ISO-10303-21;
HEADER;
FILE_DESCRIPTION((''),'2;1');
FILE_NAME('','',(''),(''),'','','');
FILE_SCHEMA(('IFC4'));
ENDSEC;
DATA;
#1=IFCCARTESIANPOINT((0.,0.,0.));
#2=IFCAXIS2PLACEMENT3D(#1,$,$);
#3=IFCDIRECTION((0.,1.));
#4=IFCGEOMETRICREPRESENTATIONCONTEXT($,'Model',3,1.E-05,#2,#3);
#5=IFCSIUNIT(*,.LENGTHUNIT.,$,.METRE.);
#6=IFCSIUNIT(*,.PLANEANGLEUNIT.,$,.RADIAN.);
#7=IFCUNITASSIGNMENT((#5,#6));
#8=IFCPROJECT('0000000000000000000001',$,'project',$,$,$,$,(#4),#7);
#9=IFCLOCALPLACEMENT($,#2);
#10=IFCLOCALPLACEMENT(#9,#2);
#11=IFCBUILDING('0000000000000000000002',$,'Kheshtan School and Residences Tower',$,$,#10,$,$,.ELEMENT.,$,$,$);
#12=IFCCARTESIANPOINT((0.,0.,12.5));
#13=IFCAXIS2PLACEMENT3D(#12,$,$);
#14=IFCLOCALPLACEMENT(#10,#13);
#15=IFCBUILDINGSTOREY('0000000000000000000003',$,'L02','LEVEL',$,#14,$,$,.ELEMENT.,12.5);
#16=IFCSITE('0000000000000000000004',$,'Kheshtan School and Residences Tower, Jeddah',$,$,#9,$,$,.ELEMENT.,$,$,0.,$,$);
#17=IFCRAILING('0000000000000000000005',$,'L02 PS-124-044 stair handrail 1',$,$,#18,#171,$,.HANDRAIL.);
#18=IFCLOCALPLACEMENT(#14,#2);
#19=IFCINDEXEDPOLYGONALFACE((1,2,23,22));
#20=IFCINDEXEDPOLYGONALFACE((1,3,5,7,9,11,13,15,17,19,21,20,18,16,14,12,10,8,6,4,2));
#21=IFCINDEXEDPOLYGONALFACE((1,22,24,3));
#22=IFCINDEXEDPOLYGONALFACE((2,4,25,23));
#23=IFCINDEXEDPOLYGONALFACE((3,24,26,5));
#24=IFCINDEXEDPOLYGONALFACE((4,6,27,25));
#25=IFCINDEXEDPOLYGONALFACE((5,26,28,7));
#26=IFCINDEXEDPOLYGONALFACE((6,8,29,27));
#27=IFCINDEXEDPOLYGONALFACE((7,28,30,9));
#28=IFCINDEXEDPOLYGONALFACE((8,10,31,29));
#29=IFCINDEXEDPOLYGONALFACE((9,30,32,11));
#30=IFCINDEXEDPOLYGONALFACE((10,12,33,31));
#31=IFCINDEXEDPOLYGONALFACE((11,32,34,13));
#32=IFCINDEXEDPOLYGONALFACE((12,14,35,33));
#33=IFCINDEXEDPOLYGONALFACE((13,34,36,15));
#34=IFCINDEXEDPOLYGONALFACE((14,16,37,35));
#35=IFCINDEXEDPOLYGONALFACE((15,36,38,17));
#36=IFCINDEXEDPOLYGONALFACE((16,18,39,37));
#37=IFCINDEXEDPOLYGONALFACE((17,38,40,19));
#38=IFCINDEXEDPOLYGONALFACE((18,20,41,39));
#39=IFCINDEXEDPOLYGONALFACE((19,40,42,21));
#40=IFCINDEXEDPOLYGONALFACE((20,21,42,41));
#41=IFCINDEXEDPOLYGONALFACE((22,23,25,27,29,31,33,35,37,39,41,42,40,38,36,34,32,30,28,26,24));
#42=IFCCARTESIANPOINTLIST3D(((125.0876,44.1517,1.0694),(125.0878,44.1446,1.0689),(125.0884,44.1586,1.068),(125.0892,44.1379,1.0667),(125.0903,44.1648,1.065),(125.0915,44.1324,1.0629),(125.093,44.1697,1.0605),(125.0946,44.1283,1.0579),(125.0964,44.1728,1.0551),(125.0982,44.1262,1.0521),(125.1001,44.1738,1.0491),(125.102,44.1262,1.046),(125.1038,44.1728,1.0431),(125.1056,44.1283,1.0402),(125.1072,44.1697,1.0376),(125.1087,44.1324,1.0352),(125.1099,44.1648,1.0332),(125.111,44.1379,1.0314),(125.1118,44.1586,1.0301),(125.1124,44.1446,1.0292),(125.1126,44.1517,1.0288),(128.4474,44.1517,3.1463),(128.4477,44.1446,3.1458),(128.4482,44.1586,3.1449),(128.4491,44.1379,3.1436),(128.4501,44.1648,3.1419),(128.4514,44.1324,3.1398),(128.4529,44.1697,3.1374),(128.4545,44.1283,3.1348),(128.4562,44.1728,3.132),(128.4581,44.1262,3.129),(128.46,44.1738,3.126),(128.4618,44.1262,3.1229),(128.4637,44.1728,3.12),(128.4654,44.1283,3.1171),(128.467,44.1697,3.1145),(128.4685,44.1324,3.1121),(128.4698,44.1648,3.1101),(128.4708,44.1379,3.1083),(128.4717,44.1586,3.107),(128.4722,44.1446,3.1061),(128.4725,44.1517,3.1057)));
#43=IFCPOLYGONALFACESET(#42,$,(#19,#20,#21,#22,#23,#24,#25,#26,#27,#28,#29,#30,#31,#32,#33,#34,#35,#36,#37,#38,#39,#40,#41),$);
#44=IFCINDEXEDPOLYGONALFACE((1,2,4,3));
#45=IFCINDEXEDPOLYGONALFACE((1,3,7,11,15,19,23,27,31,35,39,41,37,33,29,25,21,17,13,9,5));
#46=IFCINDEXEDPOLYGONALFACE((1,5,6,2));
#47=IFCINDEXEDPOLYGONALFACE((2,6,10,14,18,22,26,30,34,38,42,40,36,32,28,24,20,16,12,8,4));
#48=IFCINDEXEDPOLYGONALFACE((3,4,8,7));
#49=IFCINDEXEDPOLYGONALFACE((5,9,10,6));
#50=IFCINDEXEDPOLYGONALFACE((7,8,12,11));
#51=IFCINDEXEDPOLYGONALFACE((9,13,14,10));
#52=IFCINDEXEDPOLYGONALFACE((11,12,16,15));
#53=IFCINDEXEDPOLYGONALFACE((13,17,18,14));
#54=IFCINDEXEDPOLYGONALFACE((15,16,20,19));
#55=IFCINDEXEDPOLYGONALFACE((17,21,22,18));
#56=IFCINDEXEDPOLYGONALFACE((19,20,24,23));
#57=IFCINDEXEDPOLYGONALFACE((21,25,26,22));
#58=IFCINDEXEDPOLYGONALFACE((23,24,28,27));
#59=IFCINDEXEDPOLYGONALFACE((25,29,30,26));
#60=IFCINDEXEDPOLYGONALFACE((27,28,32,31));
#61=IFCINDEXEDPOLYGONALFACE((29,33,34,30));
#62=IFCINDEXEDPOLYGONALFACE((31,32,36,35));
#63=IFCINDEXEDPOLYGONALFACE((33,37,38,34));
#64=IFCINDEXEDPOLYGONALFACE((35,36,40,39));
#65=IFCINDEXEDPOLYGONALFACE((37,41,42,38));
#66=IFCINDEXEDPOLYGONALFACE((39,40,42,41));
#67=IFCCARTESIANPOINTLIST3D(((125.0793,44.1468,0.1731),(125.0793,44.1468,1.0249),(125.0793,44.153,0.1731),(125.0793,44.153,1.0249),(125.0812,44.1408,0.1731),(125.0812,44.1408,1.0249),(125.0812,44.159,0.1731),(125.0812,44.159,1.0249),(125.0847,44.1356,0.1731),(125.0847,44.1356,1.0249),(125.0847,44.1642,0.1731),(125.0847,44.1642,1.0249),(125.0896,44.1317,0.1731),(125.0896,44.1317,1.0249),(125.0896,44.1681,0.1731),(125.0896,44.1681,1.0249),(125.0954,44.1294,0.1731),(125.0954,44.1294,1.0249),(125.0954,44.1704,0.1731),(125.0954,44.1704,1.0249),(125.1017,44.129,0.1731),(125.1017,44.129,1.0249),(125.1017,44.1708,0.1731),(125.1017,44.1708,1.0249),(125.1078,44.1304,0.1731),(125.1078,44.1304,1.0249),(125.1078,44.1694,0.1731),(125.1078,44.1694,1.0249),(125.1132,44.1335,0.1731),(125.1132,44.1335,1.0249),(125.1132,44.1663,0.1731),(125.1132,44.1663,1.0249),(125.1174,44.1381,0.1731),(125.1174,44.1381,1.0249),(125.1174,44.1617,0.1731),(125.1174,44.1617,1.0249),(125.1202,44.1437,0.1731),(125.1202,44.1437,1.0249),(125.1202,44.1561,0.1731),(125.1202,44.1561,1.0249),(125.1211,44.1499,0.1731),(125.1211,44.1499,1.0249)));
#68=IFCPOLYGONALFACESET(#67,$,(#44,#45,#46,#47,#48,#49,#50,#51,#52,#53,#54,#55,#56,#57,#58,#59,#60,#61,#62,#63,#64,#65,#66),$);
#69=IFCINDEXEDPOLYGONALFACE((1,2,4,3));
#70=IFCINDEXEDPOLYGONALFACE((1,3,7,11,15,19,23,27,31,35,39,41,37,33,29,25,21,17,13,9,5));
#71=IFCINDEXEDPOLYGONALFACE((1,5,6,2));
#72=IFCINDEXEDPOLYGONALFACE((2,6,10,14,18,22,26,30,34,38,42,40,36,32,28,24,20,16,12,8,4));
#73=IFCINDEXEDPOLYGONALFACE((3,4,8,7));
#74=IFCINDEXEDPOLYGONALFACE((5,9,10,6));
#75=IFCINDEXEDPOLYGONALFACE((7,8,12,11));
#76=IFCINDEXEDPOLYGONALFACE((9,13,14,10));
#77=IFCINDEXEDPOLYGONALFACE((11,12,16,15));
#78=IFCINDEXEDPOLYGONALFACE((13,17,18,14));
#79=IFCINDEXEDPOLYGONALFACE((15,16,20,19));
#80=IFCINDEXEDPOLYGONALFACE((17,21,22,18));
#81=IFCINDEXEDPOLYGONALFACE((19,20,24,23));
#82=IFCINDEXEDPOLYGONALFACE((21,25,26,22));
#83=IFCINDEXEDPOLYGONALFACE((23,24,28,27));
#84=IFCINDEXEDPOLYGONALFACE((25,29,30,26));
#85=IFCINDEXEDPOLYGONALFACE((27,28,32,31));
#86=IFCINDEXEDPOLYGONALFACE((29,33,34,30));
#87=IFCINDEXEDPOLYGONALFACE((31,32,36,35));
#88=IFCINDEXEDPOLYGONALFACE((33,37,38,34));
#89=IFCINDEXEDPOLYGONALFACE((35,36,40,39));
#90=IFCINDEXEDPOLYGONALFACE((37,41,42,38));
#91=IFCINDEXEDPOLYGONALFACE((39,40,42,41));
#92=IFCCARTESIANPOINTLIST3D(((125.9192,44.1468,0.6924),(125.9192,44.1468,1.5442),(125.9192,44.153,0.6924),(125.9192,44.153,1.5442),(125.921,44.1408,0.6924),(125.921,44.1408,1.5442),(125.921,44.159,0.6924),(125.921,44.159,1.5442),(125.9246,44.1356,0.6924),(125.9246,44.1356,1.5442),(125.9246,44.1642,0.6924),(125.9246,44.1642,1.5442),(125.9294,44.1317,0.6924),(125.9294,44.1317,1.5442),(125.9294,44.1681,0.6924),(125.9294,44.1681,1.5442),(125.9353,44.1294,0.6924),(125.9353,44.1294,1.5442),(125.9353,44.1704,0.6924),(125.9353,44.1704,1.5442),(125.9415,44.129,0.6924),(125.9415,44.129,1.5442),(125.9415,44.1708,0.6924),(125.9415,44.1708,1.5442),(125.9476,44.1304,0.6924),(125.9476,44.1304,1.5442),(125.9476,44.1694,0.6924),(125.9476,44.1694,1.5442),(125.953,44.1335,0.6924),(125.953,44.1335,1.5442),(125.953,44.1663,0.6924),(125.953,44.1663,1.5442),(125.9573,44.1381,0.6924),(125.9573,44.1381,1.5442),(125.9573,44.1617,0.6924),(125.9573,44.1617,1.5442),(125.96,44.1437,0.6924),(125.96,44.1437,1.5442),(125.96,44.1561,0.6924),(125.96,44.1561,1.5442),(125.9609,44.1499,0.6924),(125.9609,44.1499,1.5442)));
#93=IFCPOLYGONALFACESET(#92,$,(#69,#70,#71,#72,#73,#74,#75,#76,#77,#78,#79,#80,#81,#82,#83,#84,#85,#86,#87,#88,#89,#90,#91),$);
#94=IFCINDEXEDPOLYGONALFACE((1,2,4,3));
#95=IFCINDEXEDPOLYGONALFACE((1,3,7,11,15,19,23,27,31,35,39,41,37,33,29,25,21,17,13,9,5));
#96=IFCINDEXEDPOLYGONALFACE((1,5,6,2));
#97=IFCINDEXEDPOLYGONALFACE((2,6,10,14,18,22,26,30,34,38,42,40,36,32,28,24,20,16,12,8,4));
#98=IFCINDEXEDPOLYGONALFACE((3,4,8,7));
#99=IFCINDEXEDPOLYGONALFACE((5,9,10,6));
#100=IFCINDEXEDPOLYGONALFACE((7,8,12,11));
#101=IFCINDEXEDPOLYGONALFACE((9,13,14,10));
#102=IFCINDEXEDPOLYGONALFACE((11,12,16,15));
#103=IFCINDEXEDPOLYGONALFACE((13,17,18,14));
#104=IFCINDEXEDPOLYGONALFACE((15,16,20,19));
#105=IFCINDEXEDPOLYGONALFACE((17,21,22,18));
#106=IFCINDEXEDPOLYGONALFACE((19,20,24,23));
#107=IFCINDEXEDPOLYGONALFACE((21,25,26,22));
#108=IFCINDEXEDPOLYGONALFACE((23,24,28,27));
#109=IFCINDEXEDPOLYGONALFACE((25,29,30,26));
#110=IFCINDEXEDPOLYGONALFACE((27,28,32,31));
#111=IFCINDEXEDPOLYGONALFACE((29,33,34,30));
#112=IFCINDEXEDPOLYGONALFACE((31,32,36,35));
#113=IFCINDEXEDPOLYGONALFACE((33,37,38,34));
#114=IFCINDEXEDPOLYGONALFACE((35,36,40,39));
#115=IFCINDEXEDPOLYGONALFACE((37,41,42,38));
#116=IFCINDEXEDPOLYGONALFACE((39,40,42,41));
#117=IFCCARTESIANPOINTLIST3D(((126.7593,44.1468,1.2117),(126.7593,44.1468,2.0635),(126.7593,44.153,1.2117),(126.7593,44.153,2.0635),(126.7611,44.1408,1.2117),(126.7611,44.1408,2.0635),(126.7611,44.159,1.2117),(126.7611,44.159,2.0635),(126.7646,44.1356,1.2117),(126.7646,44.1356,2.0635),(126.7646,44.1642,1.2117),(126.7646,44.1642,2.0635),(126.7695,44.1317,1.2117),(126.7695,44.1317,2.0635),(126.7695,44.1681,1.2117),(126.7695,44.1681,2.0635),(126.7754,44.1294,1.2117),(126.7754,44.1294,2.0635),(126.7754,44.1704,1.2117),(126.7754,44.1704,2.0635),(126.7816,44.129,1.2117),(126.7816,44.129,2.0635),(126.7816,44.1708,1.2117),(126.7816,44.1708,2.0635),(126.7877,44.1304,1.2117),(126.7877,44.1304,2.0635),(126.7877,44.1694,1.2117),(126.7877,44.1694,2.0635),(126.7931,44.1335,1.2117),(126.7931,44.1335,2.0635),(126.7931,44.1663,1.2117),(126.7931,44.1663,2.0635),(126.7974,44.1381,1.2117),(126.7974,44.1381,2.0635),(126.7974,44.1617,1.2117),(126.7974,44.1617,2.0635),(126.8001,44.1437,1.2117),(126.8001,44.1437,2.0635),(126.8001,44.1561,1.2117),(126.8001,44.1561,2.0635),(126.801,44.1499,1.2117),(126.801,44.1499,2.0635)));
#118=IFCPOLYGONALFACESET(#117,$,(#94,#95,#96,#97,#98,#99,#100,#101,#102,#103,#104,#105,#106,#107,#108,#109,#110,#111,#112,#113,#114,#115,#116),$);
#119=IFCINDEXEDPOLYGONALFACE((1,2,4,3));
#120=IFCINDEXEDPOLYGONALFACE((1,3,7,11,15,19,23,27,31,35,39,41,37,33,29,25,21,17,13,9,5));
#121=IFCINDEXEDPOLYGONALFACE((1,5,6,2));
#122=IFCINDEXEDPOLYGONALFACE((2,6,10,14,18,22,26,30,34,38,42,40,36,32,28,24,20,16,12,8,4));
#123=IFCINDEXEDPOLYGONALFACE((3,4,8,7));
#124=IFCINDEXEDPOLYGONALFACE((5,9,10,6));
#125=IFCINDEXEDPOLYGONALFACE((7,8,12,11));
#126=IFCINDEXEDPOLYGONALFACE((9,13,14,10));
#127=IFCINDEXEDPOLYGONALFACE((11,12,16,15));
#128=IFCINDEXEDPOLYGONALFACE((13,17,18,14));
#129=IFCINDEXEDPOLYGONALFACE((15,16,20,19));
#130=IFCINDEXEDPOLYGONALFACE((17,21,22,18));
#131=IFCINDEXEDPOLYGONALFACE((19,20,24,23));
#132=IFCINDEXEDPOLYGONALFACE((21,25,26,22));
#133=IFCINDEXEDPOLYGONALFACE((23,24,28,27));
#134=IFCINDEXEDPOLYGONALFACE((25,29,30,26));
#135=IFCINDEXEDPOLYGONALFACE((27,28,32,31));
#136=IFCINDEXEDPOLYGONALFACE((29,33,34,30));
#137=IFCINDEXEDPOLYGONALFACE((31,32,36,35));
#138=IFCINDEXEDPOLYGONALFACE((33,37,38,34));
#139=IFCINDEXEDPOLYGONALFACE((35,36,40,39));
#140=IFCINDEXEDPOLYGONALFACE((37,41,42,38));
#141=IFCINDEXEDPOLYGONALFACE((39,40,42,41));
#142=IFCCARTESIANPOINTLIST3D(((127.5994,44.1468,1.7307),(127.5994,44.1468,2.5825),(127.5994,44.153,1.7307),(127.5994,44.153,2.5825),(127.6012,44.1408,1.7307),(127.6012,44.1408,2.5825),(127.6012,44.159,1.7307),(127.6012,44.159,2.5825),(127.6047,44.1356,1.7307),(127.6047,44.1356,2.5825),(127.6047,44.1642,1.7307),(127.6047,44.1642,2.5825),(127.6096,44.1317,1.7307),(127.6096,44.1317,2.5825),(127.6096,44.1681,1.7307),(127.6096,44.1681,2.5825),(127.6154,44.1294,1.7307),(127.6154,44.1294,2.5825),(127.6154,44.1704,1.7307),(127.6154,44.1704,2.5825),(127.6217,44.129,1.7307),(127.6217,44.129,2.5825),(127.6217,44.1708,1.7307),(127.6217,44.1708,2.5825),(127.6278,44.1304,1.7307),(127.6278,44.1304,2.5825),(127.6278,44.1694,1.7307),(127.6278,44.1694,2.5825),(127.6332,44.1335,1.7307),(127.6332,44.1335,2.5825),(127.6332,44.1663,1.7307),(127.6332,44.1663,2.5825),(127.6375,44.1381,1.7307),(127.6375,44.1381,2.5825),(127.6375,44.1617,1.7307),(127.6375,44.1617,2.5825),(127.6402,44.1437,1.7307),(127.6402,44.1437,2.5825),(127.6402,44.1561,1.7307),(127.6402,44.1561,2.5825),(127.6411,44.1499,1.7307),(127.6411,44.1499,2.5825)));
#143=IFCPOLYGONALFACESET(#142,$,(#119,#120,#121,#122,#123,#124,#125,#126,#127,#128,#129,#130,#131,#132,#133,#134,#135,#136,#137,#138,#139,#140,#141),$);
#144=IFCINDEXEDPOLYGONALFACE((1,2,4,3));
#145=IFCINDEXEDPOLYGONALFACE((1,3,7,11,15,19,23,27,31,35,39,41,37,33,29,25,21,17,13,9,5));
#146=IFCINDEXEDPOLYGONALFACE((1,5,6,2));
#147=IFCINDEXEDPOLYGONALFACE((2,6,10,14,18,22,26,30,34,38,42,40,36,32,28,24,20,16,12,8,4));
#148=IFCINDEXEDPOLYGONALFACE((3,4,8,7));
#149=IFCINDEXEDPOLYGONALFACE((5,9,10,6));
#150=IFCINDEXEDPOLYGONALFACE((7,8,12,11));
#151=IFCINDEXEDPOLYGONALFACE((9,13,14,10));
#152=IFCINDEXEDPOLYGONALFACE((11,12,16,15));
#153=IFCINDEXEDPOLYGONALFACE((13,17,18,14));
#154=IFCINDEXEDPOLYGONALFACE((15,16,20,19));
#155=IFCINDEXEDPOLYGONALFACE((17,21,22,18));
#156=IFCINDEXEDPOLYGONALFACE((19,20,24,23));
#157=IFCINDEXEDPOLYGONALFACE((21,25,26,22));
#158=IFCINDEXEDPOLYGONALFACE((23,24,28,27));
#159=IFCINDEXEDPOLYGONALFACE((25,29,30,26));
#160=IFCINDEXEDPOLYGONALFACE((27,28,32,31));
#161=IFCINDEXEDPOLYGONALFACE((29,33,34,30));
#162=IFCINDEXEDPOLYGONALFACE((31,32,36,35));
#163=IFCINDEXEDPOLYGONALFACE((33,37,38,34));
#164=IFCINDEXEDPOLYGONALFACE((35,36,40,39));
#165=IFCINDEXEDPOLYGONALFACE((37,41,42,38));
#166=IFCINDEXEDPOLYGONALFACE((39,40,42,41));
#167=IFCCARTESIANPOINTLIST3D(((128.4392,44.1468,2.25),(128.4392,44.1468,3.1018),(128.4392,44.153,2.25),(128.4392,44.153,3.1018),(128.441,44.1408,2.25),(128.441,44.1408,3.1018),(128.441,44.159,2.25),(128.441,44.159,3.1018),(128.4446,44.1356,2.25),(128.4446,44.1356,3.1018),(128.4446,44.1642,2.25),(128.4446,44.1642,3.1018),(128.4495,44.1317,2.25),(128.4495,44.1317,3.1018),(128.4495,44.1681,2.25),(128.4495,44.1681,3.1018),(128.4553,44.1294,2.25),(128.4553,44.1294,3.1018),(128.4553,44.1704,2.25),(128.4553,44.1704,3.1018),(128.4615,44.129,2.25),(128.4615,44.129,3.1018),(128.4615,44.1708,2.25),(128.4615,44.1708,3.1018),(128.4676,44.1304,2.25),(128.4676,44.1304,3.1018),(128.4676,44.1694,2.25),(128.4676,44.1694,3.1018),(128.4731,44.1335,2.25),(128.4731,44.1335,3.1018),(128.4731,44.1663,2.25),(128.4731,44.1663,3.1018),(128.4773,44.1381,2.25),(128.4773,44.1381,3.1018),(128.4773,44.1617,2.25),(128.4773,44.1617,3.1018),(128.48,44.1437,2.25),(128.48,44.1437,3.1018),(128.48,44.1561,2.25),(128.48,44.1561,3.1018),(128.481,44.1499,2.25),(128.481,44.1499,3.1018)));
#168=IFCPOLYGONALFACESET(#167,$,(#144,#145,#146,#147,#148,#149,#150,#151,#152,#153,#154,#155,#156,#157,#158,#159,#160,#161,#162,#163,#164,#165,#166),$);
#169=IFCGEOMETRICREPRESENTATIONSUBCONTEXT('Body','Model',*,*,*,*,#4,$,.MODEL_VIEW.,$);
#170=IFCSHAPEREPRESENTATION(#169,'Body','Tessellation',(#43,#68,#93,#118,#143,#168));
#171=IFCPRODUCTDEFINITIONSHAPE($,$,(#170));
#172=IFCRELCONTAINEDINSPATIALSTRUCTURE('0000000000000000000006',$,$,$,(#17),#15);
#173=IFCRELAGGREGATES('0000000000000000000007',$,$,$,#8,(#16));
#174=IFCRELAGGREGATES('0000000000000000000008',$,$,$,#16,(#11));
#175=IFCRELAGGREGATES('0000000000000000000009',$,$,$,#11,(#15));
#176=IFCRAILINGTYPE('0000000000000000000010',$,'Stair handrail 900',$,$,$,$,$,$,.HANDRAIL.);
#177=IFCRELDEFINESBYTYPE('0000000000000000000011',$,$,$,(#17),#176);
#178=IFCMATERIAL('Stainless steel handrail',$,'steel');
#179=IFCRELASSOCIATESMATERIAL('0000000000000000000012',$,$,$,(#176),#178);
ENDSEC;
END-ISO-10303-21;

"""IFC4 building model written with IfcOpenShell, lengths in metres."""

from ifc_helpers import new_model, si_unit, direction, frame, origin, origin_2d, place, context, subcontext, project, spatial, circle, extrude, material, type_object, element, save


model = new_model("IFC4")

# Units and contexts
model_context = context("Model", 3, precision=1e-05, world=origin(), true_north=direction((0.0, 1.0)))
body_context = subcontext(model_context, "Body", "Model", "MODEL_VIEW")
ifc_project = project(units=[si_unit("LENGTHUNIT", "METRE"), si_unit("PLANEANGLEUNIT", "RADIAN")], contexts=[model_context])

# Site, building, storey
site_placement = place(None, origin())
site = spatial("IfcSite", under=ifc_project, at=site_placement, Name="Kheshtan School and Residences Tower, Jeddah", CompositionType="ELEMENT", RefElevation=0.0)
building_placement = place(site_placement, origin())
building = spatial("IfcBuilding", under=site, at=building_placement, Name="Kheshtan School and Residences Tower", CompositionType="ELEMENT")
storey_placement = place(building_placement, frame((0.0, 0.0, 12.5)))
storey = spatial("IfcBuildingStorey", under=building, at=storey_placement, Name="L02", Description="LEVEL", CompositionType="ELEMENT", Elevation=12.5)

# Railing
ifc_material_1 = material(Name="Stainless steel handrail", Category="steel")
railing_type_1 = type_object("IfcRailingType", Name="Stair handrail 900", PredefinedType="HANDRAIL", material=ifc_material_1)
railing_1_placement = place(storey_placement, frame((125.1001, 44.1499, 0.1731)))
element("IfcRailing", 1, at=railing_1_placement, inside=storey, type_object=railing_type_1, Name="L02 PS-124-044 stair handrail 1", PredefinedType="HANDRAIL", context=body_context, shape_type="SweptSolid", body=[
    extrude(circle(Radius=0.0239, at=origin_2d()), frame((0.0, 0.0, 0.876), z_axis=(0.850606, 0.0, 0.525803), x_axis=(0.0, 1.0, 0.0)), (0.0, 0.0, 1.0), 3.95),
    extrude(circle(Radius=0.021, at=origin_2d()), origin(), (0.0, 0.0, 1.0), 0.8518),
    extrude(circle(Radius=0.021, at=origin_2d()), frame((0.8398, 0.0, 0.5193)), (0.0, 0.0, 1.0), 0.8518),
    extrude(circle(Radius=0.021, at=origin_2d()), frame((1.6799, 0.0, 1.0386)), (0.0, 0.0, 1.0), 0.8518),
    extrude(circle(Radius=0.021, at=origin_2d()), frame((2.52, 0.0, 1.5576)), (0.0, 0.0, 1.0), 0.8518),
    extrude(circle(Radius=0.021, at=origin_2d()), frame((3.3599, 0.0, 2.0769)), (0.0, 0.0, 1.0), 0.8518),
])

save(model, "model.ifc")
